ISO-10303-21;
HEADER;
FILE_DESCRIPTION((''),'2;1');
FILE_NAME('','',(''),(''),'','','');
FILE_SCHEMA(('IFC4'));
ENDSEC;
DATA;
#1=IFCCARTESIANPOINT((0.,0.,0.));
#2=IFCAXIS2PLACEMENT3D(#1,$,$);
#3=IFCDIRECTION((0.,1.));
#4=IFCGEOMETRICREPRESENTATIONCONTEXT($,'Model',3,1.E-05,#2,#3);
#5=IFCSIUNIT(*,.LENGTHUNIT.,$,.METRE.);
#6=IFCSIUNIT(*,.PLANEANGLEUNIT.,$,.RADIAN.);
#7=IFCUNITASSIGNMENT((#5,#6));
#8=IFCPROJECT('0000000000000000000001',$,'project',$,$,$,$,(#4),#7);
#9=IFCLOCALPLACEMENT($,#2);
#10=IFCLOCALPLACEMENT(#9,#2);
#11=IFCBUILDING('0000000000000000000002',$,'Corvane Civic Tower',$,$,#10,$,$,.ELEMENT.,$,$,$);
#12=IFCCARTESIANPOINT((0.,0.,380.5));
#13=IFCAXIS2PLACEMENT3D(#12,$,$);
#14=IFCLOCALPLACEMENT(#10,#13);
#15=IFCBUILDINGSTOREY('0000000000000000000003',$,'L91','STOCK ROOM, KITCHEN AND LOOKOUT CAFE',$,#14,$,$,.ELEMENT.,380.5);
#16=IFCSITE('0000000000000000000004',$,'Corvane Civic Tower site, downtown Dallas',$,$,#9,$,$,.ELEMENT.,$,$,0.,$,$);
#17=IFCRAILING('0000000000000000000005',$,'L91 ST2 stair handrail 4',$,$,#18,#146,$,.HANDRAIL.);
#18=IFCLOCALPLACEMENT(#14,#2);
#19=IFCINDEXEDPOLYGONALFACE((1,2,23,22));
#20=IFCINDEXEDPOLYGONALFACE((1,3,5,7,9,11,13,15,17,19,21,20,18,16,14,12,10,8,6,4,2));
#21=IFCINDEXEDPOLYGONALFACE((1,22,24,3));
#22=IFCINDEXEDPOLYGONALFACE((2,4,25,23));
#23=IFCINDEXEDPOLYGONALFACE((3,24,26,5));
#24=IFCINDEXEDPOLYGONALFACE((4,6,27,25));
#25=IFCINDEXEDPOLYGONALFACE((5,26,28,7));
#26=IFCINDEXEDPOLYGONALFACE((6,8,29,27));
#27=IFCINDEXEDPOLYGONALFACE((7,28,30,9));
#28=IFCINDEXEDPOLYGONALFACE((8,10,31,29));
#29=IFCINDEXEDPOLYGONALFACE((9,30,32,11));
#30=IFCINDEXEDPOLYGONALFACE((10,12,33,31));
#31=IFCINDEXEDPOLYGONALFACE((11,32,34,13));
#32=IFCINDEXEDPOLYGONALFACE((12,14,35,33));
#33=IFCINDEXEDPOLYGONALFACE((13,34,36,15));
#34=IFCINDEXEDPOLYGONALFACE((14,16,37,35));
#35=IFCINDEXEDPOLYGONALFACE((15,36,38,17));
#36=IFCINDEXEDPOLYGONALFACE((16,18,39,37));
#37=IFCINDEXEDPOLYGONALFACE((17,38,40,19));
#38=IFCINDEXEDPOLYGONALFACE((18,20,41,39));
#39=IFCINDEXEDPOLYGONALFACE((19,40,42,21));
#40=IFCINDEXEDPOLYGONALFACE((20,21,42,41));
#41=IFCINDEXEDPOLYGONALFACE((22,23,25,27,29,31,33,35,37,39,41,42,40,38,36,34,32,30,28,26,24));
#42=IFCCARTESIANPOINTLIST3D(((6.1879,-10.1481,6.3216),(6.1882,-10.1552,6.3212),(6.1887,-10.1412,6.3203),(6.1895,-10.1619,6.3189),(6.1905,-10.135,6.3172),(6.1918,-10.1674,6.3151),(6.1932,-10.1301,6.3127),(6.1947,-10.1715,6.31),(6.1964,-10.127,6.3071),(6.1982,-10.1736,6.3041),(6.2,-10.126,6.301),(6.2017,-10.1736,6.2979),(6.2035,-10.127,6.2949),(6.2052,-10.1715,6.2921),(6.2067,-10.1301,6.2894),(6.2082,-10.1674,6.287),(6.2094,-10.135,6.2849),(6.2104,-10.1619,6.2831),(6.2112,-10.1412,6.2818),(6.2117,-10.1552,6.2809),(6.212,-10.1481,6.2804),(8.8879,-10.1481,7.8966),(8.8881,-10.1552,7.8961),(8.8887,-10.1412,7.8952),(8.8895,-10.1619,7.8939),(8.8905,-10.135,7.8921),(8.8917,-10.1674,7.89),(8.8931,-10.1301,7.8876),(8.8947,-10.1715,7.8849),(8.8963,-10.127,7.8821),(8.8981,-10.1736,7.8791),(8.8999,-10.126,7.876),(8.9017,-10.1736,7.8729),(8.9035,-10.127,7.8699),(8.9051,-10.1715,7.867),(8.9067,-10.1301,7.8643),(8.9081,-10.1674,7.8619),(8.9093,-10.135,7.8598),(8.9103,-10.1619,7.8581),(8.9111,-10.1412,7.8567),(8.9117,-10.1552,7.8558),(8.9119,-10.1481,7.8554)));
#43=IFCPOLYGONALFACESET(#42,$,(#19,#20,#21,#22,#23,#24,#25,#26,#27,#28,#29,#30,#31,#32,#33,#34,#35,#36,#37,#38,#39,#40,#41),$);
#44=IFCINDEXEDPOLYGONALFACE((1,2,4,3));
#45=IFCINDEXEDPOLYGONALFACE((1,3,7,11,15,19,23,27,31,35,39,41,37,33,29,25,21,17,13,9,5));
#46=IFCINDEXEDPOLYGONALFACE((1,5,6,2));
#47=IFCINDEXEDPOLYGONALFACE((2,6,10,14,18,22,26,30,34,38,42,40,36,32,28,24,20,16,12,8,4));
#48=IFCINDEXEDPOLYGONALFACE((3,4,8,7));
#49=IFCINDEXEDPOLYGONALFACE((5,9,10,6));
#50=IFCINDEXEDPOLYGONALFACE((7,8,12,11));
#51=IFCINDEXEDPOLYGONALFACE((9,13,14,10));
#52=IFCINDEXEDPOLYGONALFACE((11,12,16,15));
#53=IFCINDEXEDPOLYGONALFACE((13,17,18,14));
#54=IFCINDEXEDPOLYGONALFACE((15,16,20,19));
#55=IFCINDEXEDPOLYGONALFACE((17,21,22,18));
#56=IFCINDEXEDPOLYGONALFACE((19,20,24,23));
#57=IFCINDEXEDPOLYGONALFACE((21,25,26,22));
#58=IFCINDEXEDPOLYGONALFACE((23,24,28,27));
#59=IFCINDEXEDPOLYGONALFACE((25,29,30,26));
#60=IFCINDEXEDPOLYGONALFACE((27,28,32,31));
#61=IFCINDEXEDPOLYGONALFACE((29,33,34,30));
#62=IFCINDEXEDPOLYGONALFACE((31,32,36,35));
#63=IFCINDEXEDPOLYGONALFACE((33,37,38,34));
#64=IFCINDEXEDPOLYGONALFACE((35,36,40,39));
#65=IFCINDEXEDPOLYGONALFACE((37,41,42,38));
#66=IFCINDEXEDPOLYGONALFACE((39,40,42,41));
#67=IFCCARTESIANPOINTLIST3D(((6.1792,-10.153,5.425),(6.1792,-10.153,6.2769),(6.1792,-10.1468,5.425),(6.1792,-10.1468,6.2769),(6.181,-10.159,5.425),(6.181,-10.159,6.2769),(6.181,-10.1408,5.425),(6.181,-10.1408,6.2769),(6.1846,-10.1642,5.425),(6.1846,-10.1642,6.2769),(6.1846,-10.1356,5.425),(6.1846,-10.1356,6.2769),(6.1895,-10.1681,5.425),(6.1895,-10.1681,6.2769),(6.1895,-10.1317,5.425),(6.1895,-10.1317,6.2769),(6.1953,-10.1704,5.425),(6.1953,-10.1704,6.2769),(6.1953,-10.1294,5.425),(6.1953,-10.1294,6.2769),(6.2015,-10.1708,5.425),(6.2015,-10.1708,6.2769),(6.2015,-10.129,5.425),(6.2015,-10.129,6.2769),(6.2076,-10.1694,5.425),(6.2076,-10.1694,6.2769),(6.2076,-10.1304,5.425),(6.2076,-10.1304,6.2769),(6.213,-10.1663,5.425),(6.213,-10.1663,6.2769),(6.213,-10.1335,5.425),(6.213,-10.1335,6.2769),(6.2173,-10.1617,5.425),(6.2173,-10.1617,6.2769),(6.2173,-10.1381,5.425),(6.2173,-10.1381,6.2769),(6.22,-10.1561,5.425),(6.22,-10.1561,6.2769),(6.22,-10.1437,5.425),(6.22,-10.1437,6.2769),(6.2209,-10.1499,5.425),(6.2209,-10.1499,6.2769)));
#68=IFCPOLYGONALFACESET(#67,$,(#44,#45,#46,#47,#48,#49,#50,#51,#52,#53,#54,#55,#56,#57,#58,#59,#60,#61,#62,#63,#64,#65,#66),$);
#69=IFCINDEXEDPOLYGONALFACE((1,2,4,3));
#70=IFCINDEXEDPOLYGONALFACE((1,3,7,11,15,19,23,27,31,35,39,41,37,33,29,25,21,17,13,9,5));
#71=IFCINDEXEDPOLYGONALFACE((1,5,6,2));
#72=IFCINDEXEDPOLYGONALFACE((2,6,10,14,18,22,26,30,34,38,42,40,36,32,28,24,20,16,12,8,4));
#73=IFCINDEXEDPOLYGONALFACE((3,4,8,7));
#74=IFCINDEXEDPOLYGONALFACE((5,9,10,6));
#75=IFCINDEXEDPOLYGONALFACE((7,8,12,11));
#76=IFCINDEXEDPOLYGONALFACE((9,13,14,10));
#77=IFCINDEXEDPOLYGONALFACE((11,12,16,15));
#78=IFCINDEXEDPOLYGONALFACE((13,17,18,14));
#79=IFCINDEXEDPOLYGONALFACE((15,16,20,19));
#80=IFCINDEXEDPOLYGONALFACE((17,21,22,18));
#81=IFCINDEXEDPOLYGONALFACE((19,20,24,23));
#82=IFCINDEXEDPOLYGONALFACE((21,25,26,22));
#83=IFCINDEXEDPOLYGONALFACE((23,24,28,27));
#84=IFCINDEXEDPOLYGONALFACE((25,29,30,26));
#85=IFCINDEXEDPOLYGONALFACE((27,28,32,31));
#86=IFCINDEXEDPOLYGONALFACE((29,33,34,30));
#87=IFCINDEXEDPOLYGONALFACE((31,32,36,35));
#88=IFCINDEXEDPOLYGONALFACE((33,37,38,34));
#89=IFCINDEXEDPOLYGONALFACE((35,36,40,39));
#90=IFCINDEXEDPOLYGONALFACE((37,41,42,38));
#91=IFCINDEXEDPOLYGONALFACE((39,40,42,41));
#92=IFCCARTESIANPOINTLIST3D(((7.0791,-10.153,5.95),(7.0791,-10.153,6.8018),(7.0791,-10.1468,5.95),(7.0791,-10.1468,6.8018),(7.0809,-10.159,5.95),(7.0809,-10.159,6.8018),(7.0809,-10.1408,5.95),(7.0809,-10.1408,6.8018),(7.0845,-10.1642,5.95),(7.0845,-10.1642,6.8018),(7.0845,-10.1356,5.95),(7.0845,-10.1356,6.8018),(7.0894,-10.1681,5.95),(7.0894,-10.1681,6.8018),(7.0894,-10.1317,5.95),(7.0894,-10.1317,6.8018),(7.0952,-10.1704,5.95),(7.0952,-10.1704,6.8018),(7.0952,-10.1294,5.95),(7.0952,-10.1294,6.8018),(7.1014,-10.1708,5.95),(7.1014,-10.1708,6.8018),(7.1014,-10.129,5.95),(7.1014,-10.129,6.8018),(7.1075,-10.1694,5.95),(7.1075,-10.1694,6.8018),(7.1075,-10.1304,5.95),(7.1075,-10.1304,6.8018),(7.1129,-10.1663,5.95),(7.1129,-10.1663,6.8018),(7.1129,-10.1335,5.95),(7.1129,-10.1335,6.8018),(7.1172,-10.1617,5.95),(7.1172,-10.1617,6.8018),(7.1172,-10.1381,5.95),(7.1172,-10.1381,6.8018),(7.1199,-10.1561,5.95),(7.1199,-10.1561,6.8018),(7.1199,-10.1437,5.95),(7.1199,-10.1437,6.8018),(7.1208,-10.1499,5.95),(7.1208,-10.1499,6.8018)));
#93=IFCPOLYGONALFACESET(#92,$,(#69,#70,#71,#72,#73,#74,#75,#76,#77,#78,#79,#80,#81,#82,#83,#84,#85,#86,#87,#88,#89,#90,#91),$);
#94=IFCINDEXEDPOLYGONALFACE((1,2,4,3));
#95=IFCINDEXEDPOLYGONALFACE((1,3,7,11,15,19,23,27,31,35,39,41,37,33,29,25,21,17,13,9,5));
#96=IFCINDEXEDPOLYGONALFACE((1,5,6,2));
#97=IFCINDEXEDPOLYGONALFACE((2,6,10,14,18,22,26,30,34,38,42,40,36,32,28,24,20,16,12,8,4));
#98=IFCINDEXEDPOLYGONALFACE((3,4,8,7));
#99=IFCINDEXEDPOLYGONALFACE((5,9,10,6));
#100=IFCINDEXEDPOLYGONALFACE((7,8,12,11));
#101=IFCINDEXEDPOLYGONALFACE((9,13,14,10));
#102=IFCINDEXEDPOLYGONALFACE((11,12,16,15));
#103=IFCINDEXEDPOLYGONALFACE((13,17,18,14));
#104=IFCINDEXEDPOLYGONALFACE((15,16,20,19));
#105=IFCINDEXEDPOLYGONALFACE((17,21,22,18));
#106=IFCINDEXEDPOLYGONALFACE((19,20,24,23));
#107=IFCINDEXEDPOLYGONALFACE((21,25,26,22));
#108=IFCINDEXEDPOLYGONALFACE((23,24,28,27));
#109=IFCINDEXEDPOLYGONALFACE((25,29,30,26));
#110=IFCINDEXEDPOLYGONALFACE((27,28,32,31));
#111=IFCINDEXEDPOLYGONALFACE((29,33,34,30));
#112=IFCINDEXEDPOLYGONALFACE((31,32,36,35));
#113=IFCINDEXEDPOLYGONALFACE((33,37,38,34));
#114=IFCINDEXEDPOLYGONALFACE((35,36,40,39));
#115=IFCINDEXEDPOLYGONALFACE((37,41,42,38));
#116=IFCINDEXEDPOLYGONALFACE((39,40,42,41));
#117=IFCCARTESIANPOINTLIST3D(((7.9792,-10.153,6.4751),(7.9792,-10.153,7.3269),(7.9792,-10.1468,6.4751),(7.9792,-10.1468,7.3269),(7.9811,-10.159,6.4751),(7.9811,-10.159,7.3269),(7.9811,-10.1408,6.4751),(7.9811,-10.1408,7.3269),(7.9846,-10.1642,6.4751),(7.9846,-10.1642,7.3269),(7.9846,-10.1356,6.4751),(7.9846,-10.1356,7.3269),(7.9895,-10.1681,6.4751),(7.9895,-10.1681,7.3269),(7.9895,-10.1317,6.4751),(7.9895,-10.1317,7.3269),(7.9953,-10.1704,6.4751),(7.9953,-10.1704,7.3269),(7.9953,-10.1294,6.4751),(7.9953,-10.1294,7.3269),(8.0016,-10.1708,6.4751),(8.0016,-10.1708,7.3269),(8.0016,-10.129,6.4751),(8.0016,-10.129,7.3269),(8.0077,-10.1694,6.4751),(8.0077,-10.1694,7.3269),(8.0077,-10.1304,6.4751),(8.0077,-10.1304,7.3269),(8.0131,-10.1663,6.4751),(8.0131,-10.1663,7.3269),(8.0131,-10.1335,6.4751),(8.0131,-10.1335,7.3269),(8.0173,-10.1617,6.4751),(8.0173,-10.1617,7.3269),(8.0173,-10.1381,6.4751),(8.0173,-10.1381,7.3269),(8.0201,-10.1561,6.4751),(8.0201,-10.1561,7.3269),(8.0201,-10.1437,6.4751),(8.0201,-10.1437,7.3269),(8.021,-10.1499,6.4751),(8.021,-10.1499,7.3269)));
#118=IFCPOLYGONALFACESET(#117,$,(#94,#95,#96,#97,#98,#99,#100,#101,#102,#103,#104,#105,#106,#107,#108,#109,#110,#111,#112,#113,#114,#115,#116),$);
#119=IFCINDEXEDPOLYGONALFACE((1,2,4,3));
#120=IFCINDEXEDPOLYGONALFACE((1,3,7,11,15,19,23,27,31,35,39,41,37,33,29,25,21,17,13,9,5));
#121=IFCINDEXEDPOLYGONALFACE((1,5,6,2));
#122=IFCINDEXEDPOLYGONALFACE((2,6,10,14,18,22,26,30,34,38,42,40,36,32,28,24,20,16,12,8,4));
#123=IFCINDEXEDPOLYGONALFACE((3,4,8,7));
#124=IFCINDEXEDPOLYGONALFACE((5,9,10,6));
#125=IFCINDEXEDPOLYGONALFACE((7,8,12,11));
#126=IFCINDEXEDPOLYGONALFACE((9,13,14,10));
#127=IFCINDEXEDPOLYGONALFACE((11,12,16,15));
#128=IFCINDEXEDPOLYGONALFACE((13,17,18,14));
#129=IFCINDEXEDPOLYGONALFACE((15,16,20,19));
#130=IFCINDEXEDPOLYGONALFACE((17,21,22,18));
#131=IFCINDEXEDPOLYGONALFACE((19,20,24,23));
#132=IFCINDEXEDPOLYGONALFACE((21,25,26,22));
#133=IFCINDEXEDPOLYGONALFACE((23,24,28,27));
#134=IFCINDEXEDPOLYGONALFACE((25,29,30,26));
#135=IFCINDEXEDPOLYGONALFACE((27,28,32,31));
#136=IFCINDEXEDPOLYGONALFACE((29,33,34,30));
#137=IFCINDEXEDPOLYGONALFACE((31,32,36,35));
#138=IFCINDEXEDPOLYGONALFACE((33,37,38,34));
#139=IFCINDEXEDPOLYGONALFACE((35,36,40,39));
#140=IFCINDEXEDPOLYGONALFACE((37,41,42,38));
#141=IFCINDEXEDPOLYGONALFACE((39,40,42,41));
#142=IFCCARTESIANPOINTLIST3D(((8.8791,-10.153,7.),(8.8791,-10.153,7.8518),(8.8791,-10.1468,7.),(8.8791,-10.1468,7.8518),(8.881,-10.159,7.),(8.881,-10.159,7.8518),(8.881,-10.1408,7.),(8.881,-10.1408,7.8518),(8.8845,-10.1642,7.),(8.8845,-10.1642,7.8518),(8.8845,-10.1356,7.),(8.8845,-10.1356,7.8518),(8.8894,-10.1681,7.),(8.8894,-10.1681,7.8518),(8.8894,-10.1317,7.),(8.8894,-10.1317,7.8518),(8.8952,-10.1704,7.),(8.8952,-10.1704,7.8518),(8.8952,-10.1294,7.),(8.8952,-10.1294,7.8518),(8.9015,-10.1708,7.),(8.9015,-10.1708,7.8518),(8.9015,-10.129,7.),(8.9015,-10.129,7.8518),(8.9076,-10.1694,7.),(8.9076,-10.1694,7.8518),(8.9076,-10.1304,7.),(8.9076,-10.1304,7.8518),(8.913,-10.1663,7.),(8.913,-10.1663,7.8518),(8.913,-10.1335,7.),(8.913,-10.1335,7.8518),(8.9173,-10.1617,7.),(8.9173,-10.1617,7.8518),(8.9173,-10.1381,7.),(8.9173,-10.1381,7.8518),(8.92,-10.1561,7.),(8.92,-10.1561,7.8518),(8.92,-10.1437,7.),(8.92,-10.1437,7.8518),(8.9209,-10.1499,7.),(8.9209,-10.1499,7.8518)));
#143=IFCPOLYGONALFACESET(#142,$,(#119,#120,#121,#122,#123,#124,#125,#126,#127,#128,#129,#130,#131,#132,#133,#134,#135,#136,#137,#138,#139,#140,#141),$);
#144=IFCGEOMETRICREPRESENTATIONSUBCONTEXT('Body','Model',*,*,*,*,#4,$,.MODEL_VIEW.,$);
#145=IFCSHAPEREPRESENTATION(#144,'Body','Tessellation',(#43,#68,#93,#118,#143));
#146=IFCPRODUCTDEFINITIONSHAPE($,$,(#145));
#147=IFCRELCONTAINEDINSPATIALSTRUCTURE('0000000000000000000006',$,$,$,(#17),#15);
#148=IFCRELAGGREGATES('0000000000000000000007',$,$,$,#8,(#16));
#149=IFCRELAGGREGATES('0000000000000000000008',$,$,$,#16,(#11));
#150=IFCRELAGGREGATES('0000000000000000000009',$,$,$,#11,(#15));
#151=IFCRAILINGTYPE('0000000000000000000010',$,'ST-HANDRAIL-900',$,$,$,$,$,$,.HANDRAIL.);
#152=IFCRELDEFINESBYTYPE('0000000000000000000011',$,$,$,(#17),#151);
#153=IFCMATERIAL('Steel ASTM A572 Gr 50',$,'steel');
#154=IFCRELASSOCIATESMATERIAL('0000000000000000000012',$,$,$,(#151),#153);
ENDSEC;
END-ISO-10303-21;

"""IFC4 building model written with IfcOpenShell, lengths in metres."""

from ifc_helpers import new_model, si_unit, direction, frame, origin, origin_2d, place, context, subcontext, project, spatial, circle, extrude, material, type_object, element, save


model = new_model("IFC4")

# Units and contexts
model_context = context("Model", 3, precision=1e-05, world=origin(), true_north=direction((0.0, 1.0)))
body_context = subcontext(model_context, "Body", "Model", "MODEL_VIEW")
ifc_project = project(units=[si_unit("LENGTHUNIT", "METRE"), si_unit("PLANEANGLEUNIT", "RADIAN")], contexts=[model_context])

# Site, building, storey
site_placement = place(None, origin())
site = spatial("IfcSite", under=ifc_project, at=site_placement, Name="Corvane Civic Tower site, downtown Dallas", CompositionType="ELEMENT", RefElevation=0.0)
building_placement = place(site_placement, origin())
building = spatial("IfcBuilding", under=site, at=building_placement, Name="Corvane Civic Tower", CompositionType="ELEMENT")
storey_placement = place(building_placement, frame((0.0, 0.0, 380.5)))
storey = spatial("IfcBuildingStorey", under=building, at=storey_placement, Name="L91", Description="STOCK ROOM, KITCHEN AND LOOKOUT CAFE", CompositionType="ELEMENT", Elevation=380.5)

# Railing
ifc_material_1 = material(Name="Steel ASTM A572 Gr 50", Category="steel")
railing_type = type_object("IfcRailingType", Name="ST-HANDRAIL-900", PredefinedType="HANDRAIL", material=ifc_material_1)
for number, where, name in (
    (1, (6.2, -10.1499, 5.425), "L91 ST2 stair handrail 4"),
):
    element("IfcRailing", number, at=place(storey_placement, frame(where)), inside=storey, type_object=railing_type, Name=name, PredefinedType="HANDRAIL", context=body_context, shape_type="SweptSolid", body=[
        extrude(circle(Radius=0.0239, at=origin_2d()), frame((0.0, 0.0, 0.876), z_axis=(0.863782, 0.0, 0.503866), x_axis=(0.0, 1.0, 0.0)), (0.0, 0.0, 1.0), 3.1257),
        extrude(circle(Radius=0.021, at=origin_2d()), origin(), (0.0, 0.0, 1.0), 0.8518),
        extrude(circle(Radius=0.021, at=origin_2d()), frame((0.8999, 0.0, 0.5249)), (0.0, 0.0, 1.0), 0.8518),
        extrude(circle(Radius=0.021, at=origin_2d()), frame((1.8, 0.0, 1.05)), (0.0, 0.0, 1.0), 0.8518),
        extrude(circle(Radius=0.021, at=origin_2d()), frame((2.7, 0.0, 1.575)), (0.0, 0.0, 1.0), 0.8518),
    ])

save(model, "model.ifc")
